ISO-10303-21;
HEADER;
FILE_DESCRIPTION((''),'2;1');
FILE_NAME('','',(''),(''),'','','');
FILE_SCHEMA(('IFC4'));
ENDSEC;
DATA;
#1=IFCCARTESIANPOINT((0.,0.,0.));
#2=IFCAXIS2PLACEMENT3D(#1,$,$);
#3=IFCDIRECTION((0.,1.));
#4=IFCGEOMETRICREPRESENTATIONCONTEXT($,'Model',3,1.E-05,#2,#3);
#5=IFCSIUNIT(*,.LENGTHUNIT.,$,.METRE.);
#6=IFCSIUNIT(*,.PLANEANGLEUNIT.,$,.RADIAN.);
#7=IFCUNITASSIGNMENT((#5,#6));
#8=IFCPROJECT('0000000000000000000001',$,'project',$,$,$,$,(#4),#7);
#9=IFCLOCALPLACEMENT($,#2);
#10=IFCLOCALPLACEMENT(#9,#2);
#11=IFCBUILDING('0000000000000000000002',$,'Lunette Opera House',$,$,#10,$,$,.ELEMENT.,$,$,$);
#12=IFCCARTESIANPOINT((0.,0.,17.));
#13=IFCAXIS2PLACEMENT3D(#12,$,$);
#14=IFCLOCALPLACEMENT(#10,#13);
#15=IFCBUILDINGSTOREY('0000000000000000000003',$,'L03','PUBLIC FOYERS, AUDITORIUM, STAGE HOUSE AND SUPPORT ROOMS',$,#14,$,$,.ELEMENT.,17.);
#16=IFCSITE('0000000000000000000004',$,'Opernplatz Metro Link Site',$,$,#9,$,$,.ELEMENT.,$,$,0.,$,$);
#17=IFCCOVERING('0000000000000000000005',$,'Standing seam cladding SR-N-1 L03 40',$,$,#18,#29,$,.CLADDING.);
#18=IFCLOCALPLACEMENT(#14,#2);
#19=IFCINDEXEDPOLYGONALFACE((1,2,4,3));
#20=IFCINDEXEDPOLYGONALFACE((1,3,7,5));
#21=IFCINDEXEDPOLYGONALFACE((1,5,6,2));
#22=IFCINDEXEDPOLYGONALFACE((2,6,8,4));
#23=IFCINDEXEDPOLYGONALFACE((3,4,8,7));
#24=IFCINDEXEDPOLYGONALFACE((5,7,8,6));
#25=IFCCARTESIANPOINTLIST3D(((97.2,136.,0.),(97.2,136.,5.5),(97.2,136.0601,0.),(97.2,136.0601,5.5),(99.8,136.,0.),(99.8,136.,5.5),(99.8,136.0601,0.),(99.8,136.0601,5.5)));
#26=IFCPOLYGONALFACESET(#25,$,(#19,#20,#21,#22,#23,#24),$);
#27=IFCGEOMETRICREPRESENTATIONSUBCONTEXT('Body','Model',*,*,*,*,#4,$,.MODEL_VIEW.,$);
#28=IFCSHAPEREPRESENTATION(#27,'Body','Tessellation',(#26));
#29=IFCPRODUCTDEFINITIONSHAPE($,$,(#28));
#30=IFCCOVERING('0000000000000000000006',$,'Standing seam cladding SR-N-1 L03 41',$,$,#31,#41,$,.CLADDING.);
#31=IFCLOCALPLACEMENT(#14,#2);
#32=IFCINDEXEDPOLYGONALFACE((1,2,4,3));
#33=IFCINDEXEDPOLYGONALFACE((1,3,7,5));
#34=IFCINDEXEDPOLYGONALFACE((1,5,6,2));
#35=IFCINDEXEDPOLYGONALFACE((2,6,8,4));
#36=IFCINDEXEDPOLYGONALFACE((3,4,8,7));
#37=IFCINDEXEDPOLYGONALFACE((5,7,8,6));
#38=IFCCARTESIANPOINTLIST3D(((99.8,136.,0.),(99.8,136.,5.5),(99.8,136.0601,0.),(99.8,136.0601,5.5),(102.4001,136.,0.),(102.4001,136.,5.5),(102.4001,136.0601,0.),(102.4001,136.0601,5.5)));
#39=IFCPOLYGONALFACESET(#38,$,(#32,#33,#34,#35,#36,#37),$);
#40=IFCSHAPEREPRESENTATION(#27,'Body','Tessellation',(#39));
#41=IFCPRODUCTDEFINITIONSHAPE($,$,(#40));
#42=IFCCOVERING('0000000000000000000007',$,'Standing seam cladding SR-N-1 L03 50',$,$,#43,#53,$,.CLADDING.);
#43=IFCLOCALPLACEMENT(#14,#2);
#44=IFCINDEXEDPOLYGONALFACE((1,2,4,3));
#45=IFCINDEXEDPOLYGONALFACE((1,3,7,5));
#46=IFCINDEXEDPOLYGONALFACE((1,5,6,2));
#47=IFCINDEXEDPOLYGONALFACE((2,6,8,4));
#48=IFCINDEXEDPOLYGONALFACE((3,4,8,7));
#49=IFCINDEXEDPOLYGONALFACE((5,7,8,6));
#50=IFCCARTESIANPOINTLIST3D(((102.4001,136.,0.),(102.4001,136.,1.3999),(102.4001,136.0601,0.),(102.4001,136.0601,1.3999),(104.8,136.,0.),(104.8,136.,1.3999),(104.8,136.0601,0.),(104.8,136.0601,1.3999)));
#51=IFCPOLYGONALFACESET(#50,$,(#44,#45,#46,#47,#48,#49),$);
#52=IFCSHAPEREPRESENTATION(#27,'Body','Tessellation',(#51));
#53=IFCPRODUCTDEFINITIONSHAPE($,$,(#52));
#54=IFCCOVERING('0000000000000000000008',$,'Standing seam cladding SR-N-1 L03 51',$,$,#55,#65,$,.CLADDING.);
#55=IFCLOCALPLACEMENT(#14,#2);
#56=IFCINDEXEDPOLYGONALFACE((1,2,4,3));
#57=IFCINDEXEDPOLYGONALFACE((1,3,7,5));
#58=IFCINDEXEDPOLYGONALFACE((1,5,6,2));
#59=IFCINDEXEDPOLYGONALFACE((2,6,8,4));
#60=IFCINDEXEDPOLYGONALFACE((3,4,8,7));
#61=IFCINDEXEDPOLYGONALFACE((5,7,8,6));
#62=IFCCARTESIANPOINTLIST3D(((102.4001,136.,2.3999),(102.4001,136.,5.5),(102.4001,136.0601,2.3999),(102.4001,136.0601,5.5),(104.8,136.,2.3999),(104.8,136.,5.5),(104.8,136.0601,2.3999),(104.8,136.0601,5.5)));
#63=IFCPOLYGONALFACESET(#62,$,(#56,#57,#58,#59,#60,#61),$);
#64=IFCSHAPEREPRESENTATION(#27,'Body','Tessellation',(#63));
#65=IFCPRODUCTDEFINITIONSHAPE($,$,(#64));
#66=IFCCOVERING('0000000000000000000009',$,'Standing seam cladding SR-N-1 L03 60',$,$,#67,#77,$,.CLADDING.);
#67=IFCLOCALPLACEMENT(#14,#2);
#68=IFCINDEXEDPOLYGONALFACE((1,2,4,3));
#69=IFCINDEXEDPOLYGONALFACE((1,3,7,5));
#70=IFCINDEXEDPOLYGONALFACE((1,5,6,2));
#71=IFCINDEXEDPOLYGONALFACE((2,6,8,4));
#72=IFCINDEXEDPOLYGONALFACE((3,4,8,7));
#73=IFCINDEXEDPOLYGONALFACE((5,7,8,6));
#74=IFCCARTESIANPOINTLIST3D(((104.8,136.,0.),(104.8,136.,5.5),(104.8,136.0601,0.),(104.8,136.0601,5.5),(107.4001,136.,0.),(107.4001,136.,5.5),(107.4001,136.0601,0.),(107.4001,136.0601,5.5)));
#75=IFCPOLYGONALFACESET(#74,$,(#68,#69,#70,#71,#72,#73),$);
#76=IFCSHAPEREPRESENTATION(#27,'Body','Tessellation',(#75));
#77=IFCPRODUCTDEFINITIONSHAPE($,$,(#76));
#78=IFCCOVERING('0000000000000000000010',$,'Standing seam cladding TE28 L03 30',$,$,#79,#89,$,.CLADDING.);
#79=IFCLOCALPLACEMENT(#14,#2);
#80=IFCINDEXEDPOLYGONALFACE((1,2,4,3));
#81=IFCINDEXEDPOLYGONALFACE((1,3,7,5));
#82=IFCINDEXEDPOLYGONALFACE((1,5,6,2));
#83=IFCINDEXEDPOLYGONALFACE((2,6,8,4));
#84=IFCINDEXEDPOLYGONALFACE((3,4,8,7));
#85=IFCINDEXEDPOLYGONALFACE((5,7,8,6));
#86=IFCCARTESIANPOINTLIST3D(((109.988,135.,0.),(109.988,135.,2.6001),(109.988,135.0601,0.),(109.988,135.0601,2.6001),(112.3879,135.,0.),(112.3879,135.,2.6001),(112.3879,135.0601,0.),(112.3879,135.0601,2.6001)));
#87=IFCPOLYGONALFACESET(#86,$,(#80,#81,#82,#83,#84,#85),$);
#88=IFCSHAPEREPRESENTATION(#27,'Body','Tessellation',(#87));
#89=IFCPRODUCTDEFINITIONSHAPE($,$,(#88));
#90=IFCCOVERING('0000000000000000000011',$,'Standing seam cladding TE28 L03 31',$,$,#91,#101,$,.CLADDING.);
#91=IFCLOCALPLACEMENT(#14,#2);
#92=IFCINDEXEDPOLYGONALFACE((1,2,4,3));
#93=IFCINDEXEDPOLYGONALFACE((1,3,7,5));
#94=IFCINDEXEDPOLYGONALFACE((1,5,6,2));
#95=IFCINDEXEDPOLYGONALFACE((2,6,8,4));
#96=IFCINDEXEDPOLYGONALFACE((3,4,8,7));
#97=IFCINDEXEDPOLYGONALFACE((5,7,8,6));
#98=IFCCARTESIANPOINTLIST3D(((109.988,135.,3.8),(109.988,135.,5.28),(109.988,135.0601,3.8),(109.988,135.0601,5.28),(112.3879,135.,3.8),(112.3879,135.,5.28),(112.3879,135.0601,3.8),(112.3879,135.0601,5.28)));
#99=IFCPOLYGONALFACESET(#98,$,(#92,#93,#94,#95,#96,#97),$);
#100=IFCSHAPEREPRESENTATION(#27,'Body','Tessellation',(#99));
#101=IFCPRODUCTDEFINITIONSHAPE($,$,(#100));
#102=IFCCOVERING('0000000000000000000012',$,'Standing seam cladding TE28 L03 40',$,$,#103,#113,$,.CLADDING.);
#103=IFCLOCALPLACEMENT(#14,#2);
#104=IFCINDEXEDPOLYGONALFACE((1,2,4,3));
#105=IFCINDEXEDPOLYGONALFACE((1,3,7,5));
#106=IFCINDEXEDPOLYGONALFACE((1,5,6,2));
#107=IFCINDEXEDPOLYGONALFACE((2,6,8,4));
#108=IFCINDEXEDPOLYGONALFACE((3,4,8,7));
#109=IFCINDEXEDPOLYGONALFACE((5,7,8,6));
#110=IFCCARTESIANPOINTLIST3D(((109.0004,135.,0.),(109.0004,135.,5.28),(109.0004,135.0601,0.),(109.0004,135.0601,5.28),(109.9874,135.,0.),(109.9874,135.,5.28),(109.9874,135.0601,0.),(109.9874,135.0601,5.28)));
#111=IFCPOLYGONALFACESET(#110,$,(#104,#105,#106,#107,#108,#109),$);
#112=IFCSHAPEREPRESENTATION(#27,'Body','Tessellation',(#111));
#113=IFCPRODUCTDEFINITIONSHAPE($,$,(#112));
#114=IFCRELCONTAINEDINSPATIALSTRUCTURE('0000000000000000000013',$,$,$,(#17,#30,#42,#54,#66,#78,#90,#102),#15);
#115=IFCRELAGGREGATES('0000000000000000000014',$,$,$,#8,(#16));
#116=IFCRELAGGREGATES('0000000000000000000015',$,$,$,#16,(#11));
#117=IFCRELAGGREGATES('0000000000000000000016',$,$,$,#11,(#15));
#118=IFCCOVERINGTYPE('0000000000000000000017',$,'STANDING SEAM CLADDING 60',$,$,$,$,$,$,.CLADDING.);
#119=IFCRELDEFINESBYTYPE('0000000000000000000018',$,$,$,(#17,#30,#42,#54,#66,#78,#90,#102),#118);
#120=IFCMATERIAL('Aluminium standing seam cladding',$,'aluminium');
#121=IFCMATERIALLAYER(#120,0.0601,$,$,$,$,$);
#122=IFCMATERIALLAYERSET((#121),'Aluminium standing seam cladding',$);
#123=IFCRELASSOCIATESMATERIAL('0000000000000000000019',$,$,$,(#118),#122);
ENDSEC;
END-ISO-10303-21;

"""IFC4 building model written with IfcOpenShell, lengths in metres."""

from ifc_helpers import new_model, si_unit, direction, frame, origin, origin_2d, place, context, subcontext, project, spatial, rectangle, extrude, material, layer, layer_set, type_object, element, save


model = new_model("IFC4")

# Units and contexts
model_context = context("Model", 3, precision=1e-05, world=origin(), true_north=direction((0.0, 1.0)))
body_context = subcontext(model_context, "Body", "Model", "MODEL_VIEW")
ifc_project = project(units=[si_unit("LENGTHUNIT", "METRE"), si_unit("PLANEANGLEUNIT", "RADIAN")], contexts=[model_context])

# Site, building, storey
site_placement = place(None, origin())
site = spatial("IfcSite", under=ifc_project, at=site_placement, Name="Opernplatz Metro Link Site", CompositionType="ELEMENT", RefElevation=0.0)
building_placement = place(site_placement, origin())
building = spatial("IfcBuilding", under=site, at=building_placement, Name="Lunette Opera House", CompositionType="ELEMENT")
storey_placement = place(building_placement, frame((0.0, 0.0, 17.0)))
storey = spatial("IfcBuildingStorey", under=building, at=storey_placement, Name="L03", Description="PUBLIC FOYERS, AUDITORIUM, STAGE HOUSE AND SUPPORT ROOMS", CompositionType="ELEMENT", Elevation=17.0)

# Coverings
ifc_material_1 = material(Name="Aluminium standing seam cladding", Category="aluminium")
ifc_layer_1 = layer(ifc_material_1, 0.0601)
ifc_layer_set_1 = layer_set([ifc_layer_1], Name="Aluminium standing seam cladding")
covering_type = type_object("IfcCoveringType", Name="STANDING SEAM CLADDING 60", PredefinedType="CLADDING", material=ifc_layer_set_1)
for number, where, z_axis, x_axis, name in (
    (1, (98.5, 136.03, 0.0), (0.0, 0.0, 1.0), (1.0, 0.0, 0.0), "Standing seam cladding SR-N-1 L03 40"),
    (2, (101.1001, 136.03, 0.0), (0.0, 0.0, 1.0), (1.0, 0.0, 0.0), "Standing seam cladding SR-N-1 L03 41"),
):
    element("IfcCovering", number, at=place(storey_placement, frame(where, z_axis=z_axis, x_axis=x_axis)), inside=storey, type_object=covering_type, Name=name, PredefinedType="CLADDING", context=body_context, shape_type="SweptSolid", body=[
        extrude(rectangle(XDim=2.6001, YDim=0.0601, at=origin_2d()), origin(), (0.0, 0.0, 1.0), 5.5),
    ])
covering_1_placement = place(storey_placement, frame((103.6001, 136.03, 0.0), z_axis=(0.0, 0.0, 1.0), x_axis=(1.0, 0.0, 0.0)))
element("IfcCovering", 3, at=covering_1_placement, inside=storey, type_object=covering_type, Name="Standing seam cladding SR-N-1 L03 50", PredefinedType="CLADDING", context=body_context, shape_type="SweptSolid", body=[
    extrude(rectangle(XDim=2.3999, YDim=0.0601, at=origin_2d()), origin(), (0.0, 0.0, 1.0), 1.3999),
])
covering_2_placement = place(storey_placement, frame((103.6001, 136.03, 2.3999), z_axis=(0.0, 0.0, 1.0), x_axis=(1.0, 0.0, 0.0)))
element("IfcCovering", 4, at=covering_2_placement, inside=storey, type_object=covering_type, Name="Standing seam cladding SR-N-1 L03 51", PredefinedType="CLADDING", context=body_context, shape_type="SweptSolid", body=[
    extrude(rectangle(XDim=2.3999, YDim=0.0601, at=origin_2d()), origin(), (0.0, 0.0, 1.0), 3.1001),
])
covering_3_placement = place(storey_placement, frame((106.1001, 136.03, 0.0), z_axis=(0.0, 0.0, 1.0), x_axis=(1.0, 0.0, 0.0)))
element("IfcCovering", 5, at=covering_3_placement, inside=storey, type_object=covering_type, Name="Standing seam cladding SR-N-1 L03 60", PredefinedType="CLADDING", context=body_context, shape_type="SweptSolid", body=[
    extrude(rectangle(XDim=2.6001, YDim=0.0601, at=origin_2d()), origin(), (0.0, 0.0, 1.0), 5.5),
])
covering_4_placement = place(storey_placement, frame((111.188, 135.03, 0.0), z_axis=(0.0, 0.0, 1.0), x_axis=(-1.0, 0.0, 0.0)))
element("IfcCovering", 6, at=covering_4_placement, inside=storey, type_object=covering_type, Name="Standing seam cladding TE28 L03 30", PredefinedType="CLADDING", context=body_context, shape_type="SweptSolid", body=[
    extrude(rectangle(XDim=2.3999, YDim=0.0601, at=origin_2d()), origin(), (0.0, 0.0, 1.0), 2.6001),
])
covering_5_placement = place(storey_placement, frame((111.188, 135.03, 3.8), z_axis=(0.0, 0.0, 1.0), x_axis=(-1.0, 0.0, 0.0)))
element("IfcCovering", 7, at=covering_5_placement, inside=storey, type_object=covering_type, Name="Standing seam cladding TE28 L03 31", PredefinedType="CLADDING", context=body_context, shape_type="SweptSolid", body=[
    extrude(rectangle(XDim=2.3999, YDim=0.0601, at=origin_2d()), origin(), (0.0, 0.0, 1.0), 1.48),
])
covering_6_placement = place(storey_placement, frame((109.4939, 135.03, 0.0), z_axis=(0.0, 0.0, 1.0), x_axis=(-1.0, 0.0, 0.0)))
element("IfcCovering", 8, at=covering_6_placement, inside=storey, type_object=covering_type, Name="Standing seam cladding TE28 L03 40", PredefinedType="CLADDING", context=body_context, shape_type="SweptSolid", body=[
    extrude(rectangle(XDim=0.9871, YDim=0.0601, at=origin_2d()), origin(), (0.0, 0.0, 1.0), 5.28),
])

save(model, "model.ifc")
